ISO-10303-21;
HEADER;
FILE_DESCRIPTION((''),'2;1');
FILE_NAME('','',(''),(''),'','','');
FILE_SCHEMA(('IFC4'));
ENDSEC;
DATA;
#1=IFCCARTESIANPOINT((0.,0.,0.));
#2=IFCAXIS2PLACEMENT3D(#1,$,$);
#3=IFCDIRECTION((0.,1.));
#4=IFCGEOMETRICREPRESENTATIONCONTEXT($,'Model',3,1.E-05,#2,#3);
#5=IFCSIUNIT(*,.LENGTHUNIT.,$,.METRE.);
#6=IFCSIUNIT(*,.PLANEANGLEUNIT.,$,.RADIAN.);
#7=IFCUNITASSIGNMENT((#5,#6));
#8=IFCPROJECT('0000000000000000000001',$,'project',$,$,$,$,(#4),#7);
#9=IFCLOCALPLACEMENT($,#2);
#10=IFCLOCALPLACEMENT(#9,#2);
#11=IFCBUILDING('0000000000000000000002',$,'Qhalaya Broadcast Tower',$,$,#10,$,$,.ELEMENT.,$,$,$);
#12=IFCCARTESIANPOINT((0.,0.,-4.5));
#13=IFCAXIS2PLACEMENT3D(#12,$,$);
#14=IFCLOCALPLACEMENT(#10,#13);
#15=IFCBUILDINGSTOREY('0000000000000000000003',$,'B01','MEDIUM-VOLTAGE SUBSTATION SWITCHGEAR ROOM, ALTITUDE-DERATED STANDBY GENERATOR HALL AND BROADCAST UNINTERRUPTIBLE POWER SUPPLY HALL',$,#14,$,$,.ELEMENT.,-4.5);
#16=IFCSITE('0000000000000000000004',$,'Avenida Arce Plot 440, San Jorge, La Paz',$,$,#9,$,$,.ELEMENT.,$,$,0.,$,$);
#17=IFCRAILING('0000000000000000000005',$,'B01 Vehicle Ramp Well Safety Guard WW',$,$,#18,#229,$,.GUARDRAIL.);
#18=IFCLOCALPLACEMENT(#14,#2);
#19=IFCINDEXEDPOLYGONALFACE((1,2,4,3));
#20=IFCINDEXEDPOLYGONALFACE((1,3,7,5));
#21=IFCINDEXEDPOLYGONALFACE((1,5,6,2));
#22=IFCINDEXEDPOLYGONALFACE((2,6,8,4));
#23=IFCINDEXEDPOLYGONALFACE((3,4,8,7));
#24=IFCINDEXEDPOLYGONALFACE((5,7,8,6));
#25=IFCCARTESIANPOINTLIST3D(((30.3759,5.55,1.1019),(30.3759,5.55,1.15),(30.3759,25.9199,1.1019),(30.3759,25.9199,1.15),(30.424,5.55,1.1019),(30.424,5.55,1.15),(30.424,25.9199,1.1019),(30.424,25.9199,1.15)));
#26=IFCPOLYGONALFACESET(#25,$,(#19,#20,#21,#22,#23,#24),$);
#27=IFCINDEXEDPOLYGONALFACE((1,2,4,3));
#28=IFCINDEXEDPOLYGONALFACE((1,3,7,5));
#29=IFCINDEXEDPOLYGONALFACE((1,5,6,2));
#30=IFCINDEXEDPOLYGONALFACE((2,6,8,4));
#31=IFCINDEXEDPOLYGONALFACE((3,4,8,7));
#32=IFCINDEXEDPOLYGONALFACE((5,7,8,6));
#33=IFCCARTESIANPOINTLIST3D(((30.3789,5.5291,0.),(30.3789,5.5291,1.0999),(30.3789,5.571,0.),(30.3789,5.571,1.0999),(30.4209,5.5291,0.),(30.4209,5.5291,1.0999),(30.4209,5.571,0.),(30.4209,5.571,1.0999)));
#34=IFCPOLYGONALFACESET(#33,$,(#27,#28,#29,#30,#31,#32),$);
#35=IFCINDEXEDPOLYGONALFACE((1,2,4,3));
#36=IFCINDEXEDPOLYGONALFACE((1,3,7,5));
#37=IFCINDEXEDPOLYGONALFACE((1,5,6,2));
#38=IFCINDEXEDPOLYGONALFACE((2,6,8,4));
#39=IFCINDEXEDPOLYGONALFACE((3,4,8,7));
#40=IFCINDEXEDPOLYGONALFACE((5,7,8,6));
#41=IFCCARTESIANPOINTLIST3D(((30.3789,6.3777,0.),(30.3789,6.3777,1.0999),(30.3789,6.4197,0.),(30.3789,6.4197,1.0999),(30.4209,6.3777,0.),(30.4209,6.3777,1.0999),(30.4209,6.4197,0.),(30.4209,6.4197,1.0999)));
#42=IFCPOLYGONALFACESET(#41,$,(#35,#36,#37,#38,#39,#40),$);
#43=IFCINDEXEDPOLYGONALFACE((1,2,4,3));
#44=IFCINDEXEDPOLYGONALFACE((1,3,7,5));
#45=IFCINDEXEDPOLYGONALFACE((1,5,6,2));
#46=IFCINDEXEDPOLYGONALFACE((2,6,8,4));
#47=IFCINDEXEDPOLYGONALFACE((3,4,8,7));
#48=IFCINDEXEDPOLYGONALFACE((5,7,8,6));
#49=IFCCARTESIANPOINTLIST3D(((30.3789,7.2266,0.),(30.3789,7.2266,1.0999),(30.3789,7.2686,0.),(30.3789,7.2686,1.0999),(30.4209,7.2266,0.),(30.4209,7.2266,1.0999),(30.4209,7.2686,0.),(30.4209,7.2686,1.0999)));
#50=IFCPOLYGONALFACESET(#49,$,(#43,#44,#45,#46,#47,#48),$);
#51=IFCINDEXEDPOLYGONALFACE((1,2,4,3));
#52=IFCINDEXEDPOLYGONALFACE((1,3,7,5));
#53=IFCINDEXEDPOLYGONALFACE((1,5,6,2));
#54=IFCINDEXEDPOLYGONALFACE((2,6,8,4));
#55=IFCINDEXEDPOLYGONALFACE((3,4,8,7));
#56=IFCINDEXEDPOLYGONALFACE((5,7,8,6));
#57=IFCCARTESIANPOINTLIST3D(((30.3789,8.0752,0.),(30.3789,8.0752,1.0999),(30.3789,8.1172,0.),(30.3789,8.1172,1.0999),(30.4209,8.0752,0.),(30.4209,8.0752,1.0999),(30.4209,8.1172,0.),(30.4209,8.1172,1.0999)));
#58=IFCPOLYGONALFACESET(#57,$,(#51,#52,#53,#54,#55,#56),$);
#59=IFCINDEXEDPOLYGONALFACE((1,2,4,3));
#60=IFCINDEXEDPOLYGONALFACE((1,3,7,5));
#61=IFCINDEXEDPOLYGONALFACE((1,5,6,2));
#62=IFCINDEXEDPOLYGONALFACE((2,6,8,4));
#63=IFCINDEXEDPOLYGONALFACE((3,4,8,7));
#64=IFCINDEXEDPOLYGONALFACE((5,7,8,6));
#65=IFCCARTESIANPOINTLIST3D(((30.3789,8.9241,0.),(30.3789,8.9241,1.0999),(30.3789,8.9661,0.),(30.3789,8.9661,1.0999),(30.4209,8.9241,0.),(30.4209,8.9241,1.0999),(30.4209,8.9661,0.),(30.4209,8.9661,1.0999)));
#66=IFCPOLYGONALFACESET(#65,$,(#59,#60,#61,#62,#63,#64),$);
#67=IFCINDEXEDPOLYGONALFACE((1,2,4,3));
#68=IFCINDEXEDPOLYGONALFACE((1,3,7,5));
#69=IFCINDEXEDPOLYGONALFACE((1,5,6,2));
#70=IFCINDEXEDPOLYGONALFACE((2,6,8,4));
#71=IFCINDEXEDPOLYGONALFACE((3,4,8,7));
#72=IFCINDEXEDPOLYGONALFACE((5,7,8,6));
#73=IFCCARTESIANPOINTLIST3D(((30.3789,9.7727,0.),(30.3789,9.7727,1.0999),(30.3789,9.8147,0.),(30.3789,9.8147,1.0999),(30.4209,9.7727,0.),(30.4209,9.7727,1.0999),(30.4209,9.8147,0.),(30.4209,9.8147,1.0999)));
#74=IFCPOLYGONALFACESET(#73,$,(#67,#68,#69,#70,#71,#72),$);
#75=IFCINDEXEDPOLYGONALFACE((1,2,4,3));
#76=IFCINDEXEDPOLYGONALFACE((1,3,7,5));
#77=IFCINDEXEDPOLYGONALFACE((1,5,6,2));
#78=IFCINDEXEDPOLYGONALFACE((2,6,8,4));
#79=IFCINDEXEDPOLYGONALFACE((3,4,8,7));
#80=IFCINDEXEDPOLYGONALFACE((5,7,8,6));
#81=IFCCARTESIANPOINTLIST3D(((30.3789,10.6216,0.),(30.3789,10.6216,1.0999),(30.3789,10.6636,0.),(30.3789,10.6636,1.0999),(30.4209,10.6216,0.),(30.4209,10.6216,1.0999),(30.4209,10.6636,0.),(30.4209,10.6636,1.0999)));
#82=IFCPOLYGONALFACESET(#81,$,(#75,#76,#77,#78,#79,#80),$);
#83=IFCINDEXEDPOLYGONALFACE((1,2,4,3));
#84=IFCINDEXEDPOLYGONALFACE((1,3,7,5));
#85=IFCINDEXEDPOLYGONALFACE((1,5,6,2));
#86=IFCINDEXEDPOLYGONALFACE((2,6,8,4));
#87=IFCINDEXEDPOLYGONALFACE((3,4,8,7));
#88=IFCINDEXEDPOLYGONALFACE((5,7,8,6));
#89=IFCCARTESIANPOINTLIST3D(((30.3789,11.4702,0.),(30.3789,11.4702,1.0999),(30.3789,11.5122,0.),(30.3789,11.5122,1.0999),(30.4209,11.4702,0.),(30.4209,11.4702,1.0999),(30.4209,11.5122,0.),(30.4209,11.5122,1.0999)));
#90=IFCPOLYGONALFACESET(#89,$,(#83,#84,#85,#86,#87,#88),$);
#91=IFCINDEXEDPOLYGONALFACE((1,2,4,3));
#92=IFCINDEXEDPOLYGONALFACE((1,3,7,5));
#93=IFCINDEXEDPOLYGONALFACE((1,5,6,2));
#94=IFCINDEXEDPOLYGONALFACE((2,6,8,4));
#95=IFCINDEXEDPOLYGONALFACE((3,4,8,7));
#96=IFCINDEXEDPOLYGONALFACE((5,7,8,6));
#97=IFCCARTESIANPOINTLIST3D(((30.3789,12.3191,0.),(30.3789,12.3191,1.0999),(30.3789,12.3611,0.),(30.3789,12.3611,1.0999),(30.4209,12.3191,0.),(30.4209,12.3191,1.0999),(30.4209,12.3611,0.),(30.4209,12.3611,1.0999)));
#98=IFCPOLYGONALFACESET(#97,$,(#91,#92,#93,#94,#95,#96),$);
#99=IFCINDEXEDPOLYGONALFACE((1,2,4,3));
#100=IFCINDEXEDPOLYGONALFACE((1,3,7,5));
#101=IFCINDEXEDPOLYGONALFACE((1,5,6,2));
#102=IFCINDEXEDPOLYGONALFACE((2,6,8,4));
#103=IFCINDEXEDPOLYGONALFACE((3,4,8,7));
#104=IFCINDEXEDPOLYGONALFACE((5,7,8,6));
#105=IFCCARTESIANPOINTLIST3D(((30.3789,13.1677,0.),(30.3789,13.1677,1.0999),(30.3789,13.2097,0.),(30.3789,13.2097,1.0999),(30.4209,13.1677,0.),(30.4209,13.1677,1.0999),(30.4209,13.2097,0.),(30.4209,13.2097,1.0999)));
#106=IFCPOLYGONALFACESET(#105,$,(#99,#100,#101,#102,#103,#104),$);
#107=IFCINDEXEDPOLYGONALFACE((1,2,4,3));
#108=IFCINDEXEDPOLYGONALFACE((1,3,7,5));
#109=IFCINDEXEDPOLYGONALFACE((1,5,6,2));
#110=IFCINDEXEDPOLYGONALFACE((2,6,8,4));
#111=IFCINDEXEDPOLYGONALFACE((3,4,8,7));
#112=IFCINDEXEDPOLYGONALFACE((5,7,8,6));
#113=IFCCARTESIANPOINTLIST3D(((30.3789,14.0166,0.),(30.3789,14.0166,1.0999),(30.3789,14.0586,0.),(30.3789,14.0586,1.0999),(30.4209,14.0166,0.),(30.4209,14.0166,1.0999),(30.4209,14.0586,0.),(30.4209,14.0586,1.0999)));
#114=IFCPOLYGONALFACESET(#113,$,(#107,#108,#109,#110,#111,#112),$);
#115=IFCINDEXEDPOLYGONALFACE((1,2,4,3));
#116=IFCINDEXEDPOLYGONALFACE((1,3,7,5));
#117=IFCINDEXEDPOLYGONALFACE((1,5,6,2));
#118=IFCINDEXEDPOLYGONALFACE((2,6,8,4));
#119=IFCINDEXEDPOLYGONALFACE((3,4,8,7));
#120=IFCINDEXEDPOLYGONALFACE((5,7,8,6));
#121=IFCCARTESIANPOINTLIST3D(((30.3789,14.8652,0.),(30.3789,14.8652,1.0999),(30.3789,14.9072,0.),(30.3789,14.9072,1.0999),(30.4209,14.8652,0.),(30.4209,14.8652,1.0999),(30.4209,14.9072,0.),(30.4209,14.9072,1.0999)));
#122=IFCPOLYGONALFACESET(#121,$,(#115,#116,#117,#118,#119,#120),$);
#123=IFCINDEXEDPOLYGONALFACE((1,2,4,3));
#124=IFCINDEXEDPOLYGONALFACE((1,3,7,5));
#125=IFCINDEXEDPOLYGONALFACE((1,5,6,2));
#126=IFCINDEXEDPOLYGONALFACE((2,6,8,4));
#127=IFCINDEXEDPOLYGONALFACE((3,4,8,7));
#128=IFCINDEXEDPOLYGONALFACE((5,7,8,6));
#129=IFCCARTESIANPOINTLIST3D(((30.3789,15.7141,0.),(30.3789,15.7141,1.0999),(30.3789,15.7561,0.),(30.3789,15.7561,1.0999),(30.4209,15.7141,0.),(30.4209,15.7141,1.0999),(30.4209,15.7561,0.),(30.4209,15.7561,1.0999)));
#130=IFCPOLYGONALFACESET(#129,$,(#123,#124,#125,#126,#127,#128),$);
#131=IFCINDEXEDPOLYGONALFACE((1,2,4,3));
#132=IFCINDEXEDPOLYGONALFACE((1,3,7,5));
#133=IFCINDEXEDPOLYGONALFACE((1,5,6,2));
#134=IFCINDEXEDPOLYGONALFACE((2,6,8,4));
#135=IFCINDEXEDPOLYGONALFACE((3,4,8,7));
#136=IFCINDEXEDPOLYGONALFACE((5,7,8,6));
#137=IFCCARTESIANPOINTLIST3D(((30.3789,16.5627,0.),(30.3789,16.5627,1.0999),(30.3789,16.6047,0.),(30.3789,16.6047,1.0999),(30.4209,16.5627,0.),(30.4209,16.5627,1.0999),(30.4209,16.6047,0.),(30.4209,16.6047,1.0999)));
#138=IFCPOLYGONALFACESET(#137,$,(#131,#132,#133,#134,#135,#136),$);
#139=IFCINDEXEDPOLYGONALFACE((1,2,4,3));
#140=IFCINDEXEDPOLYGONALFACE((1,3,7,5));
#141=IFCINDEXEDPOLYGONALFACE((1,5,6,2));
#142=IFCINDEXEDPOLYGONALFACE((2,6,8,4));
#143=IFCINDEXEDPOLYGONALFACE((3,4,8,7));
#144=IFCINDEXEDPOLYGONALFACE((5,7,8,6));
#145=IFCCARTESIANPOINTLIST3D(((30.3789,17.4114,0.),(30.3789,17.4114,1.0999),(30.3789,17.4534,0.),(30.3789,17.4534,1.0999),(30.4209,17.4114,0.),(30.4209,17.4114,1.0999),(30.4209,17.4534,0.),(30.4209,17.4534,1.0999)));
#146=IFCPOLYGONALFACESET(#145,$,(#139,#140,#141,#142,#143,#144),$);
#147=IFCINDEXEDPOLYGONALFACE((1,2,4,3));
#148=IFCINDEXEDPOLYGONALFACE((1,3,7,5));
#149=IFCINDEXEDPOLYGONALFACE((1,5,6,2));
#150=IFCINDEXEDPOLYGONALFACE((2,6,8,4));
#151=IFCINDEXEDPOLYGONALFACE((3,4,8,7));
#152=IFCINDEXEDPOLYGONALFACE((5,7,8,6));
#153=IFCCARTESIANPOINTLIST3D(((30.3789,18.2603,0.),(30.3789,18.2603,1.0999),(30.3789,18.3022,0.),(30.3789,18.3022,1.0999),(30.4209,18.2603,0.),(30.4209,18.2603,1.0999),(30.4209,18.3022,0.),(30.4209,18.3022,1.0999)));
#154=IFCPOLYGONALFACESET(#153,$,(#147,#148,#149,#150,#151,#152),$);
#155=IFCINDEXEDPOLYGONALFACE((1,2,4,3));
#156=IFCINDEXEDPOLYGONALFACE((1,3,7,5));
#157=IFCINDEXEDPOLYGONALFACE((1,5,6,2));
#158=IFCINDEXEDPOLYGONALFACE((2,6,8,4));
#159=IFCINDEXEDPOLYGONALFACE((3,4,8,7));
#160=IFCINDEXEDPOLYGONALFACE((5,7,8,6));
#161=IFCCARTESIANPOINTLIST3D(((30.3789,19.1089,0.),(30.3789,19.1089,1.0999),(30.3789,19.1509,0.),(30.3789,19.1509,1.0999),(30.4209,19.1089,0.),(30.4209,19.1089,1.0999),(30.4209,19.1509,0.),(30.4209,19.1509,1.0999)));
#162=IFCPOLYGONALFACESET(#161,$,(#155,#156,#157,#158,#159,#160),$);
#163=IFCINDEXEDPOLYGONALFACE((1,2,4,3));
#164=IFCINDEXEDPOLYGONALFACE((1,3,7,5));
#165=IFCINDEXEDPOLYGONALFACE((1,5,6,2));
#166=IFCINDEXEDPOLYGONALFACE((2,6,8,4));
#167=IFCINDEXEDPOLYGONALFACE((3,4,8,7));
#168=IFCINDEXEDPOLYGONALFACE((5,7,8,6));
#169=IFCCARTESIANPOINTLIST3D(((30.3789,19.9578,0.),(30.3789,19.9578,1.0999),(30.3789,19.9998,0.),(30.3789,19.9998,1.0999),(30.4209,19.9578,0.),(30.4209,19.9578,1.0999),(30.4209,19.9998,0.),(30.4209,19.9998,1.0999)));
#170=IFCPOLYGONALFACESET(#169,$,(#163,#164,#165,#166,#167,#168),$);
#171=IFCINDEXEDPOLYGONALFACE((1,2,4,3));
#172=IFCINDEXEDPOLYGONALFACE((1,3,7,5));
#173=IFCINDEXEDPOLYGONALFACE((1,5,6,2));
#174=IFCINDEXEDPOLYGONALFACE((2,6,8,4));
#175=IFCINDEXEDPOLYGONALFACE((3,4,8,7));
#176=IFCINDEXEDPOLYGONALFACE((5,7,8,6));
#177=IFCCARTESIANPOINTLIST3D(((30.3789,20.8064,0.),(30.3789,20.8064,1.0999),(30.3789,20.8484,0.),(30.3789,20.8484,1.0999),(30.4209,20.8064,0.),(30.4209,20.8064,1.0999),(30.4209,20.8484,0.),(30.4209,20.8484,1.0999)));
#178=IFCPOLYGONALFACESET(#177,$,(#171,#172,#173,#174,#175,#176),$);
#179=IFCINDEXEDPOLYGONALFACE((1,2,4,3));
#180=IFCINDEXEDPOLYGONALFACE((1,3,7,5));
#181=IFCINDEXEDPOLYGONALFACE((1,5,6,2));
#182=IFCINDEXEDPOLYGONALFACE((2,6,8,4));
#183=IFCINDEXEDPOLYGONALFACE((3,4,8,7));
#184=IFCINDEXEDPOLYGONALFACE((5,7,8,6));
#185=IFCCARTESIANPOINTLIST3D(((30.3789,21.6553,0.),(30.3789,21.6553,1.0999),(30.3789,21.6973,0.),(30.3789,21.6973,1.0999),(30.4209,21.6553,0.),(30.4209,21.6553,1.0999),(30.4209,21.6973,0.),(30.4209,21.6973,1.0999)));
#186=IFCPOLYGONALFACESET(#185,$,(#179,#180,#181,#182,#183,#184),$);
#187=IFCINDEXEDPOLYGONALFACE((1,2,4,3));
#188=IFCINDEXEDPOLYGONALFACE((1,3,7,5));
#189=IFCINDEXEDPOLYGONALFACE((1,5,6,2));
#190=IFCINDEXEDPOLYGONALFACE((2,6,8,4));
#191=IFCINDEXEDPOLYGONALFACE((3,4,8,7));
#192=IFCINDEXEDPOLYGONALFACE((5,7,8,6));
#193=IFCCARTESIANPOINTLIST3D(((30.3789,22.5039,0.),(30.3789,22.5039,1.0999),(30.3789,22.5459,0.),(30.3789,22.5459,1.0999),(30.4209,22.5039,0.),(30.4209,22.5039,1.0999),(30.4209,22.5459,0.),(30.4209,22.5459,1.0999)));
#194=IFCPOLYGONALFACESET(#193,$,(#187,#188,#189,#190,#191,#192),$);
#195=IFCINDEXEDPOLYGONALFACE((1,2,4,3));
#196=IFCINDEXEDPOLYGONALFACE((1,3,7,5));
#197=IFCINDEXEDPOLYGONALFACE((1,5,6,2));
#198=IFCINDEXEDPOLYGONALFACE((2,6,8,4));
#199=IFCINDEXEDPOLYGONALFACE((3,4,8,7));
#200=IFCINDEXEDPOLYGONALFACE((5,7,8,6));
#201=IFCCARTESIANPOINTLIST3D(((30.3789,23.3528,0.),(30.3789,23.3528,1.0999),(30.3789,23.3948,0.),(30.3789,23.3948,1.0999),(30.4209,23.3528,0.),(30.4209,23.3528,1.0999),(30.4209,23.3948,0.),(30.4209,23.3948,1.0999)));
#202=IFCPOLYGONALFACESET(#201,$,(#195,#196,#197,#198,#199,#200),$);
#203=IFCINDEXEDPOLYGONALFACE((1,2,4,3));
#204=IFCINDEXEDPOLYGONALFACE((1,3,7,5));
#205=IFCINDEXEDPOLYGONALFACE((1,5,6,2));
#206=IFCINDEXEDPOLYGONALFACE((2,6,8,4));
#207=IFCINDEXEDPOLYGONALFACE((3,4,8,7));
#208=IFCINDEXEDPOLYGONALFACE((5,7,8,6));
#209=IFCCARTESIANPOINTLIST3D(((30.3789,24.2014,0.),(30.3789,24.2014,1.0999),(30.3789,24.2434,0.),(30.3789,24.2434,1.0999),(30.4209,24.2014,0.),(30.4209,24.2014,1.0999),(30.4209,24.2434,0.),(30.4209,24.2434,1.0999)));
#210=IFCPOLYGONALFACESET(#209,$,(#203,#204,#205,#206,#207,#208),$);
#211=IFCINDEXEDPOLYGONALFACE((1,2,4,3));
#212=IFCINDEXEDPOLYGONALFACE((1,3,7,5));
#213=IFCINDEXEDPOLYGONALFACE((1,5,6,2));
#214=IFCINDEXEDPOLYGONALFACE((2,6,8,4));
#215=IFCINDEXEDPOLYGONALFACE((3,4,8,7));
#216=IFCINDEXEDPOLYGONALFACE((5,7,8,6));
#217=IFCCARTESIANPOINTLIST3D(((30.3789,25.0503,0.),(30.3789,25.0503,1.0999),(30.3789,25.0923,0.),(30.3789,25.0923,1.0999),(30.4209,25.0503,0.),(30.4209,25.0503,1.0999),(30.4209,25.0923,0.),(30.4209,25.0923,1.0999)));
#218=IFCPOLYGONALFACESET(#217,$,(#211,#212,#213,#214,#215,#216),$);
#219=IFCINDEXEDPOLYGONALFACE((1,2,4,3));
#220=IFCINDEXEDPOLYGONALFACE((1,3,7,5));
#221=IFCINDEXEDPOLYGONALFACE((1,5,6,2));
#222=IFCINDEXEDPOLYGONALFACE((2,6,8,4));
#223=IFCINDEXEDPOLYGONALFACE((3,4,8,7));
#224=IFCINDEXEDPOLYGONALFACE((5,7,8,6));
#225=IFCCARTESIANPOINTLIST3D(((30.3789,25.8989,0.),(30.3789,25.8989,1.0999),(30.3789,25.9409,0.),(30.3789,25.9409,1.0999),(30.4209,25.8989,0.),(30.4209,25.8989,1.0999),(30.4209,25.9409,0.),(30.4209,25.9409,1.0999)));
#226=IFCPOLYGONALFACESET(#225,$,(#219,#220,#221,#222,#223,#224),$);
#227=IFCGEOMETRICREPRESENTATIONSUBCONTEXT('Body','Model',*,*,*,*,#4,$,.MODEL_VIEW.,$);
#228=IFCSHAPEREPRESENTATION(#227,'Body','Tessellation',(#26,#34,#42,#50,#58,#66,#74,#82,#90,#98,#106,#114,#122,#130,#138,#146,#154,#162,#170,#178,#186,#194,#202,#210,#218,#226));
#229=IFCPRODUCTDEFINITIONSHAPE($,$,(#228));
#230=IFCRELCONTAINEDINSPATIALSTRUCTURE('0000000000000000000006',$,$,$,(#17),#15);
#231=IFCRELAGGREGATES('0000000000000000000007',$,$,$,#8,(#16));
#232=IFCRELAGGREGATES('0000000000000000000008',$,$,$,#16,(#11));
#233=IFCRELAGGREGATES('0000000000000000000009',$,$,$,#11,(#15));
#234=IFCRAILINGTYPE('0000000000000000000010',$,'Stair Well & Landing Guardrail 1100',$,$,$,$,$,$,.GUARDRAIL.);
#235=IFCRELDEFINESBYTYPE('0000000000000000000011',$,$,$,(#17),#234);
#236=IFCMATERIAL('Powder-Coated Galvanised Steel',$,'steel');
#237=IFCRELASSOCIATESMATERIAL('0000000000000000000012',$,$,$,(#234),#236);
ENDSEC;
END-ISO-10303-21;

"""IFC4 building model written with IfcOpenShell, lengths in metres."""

from ifc_helpers import new_model, si_unit, direction, frame, origin, origin_2d, place, context, subcontext, project, spatial, rectangle, extrude, material, type_object, element, save


model = new_model("IFC4")

# Units and contexts
model_context = context("Model", 3, precision=1e-05, world=origin(), true_north=direction((0.0, 1.0)))
body_context = subcontext(model_context, "Body", "Model", "MODEL_VIEW")
ifc_project = project(units=[si_unit("LENGTHUNIT", "METRE"), si_unit("PLANEANGLEUNIT", "RADIAN")], contexts=[model_context])

# Site, building, storey
site_placement = place(None, origin())
site = spatial("IfcSite", under=ifc_project, at=site_placement, Name="Avenida Arce Plot 440, San Jorge, La Paz", CompositionType="ELEMENT", RefElevation=0.0)
building_placement = place(site_placement, origin())
building = spatial("IfcBuilding", under=site, at=building_placement, Name="Qhalaya Broadcast Tower", CompositionType="ELEMENT")
storey_placement = place(building_placement, frame((0.0, 0.0, -4.5)))
storey = spatial("IfcBuildingStorey", under=building, at=storey_placement, Name="B01", Description="MEDIUM-VOLTAGE SUBSTATION SWITCHGEAR ROOM, ALTITUDE-DERATED STANDBY GENERATOR HALL AND BROADCAST UNINTERRUPTIBLE POWER SUPPLY HALL", CompositionType="ELEMENT", Elevation=-4.5)

# Railing
ifc_material_1 = material(Name="Powder-Coated Galvanised Steel", Category="steel")
railing_type = type_object("IfcRailingType", Name="Stair Well & Landing Guardrail 1100", PredefinedType="GUARDRAIL", material=ifc_material_1)
railing_1_placement = place(storey_placement, frame((30.3999, 5.55, 0.0)))
element("IfcRailing", 1, at=railing_1_placement, inside=storey, type_object=railing_type, Name="B01 Vehicle Ramp Well Safety Guard WW", PredefinedType="GUARDRAIL", context=body_context, shape_type="SweptSolid", body=[
    extrude(rectangle(XDim=0.0481, YDim=0.0481, at=origin_2d()), frame((0.0, 0.0, 1.126), z_axis=(0.0, 1.0, 0.0), x_axis=(-1.0, 0.0, 0.0)), (0.0, 0.0, 1.0), 20.3699),
    extrude(rectangle(XDim=0.042, YDim=0.042, at=origin_2d()), origin(), (0.0, 0.0, 1.0), 1.0999),
    extrude(rectangle(XDim=0.042, YDim=0.042, at=origin_2d()), frame((0.0, 0.8486, 0.0)), (0.0, 0.0, 1.0), 1.0999),
    extrude(rectangle(XDim=0.042, YDim=0.042, at=origin_2d()), frame((0.0, 1.6975, 0.0)), (0.0, 0.0, 1.0), 1.0999),
    extrude(rectangle(XDim=0.042, YDim=0.042, at=origin_2d()), frame((0.0, 2.5461, 0.0)), (0.0, 0.0, 1.0), 1.0999),
    extrude(rectangle(XDim=0.042, YDim=0.042, at=origin_2d()), frame((0.0, 3.395, 0.0)), (0.0, 0.0, 1.0), 1.0999),
    extrude(rectangle(XDim=0.042, YDim=0.042, at=origin_2d()), frame((0.0, 4.2437, 0.0)), (0.0, 0.0, 1.0), 1.0999),
    extrude(rectangle(XDim=0.042, YDim=0.042, at=origin_2d()), frame((0.0, 5.0925, 0.0)), (0.0, 0.0, 1.0), 1.0999),
    extrude(rectangle(XDim=0.042, YDim=0.042, at=origin_2d()), frame((0.0, 5.9412, 0.0)), (0.0, 0.0, 1.0), 1.0999),
    extrude(rectangle(XDim=0.042, YDim=0.042, at=origin_2d()), frame((0.0, 6.79, 0.0)), (0.0, 0.0, 1.0), 1.0999),
    extrude(rectangle(XDim=0.042, YDim=0.042, at=origin_2d()), frame((0.0, 7.6387, 0.0)), (0.0, 0.0, 1.0), 1.0999),
    extrude(rectangle(XDim=0.042, YDim=0.042, at=origin_2d()), frame((0.0, 8.4875, 0.0)), (0.0, 0.0, 1.0), 1.0999),
    extrude(rectangle(XDim=0.042, YDim=0.042, at=origin_2d()), frame((0.0, 9.3362, 0.0)), (0.0, 0.0, 1.0), 1.0999),
    extrude(rectangle(XDim=0.042, YDim=0.042, at=origin_2d()), frame((0.0, 10.1851, 0.0)), (0.0, 0.0, 1.0), 1.0999),
    extrude(rectangle(XDim=0.042, YDim=0.042, at=origin_2d()), frame((0.0, 11.0337, 0.0)), (0.0, 0.0, 1.0), 1.0999),
    extrude(rectangle(XDim=0.042, YDim=0.042, at=origin_2d()), frame((0.0, 11.8823, 0.0)), (0.0, 0.0, 1.0), 1.0999),
    extrude(rectangle(XDim=0.042, YDim=0.042, at=origin_2d()), frame((0.0, 12.7312, 0.0)), (0.0, 0.0, 1.0), 1.0999),
    extrude(rectangle(XDim=0.042, YDim=0.042, at=origin_2d()), frame((0.0, 13.5798, 0.0)), (0.0, 0.0, 1.0), 1.0999),
    extrude(rectangle(XDim=0.042, YDim=0.042, at=origin_2d()), frame((0.0, 14.4287, 0.0)), (0.0, 0.0, 1.0), 1.0999),
    extrude(rectangle(XDim=0.042, YDim=0.042, at=origin_2d()), frame((0.0, 15.2773, 0.0)), (0.0, 0.0, 1.0), 1.0999),
    extrude(rectangle(XDim=0.042, YDim=0.042, at=origin_2d()), frame((0.0, 16.1262, 0.0)), (0.0, 0.0, 1.0), 1.0999),
    extrude(rectangle(XDim=0.042, YDim=0.042, at=origin_2d()), frame((0.0, 16.9749, 0.0)), (0.0, 0.0, 1.0), 1.0999),
    extrude(rectangle(XDim=0.042, YDim=0.042, at=origin_2d()), frame((0.0, 17.8237, 0.0)), (0.0, 0.0, 1.0), 1.0999),
    extrude(rectangle(XDim=0.042, YDim=0.042, at=origin_2d()), frame((0.0, 18.6724, 0.0)), (0.0, 0.0, 1.0), 1.0999),
    extrude(rectangle(XDim=0.042, YDim=0.042, at=origin_2d()), frame((0.0, 19.5212, 0.0)), (0.0, 0.0, 1.0), 1.0999),
    extrude(rectangle(XDim=0.042, YDim=0.042, at=origin_2d()), frame((0.0, 20.3699, 0.0)), (0.0, 0.0, 1.0), 1.0999),
])

save(model, "model.ifc")
